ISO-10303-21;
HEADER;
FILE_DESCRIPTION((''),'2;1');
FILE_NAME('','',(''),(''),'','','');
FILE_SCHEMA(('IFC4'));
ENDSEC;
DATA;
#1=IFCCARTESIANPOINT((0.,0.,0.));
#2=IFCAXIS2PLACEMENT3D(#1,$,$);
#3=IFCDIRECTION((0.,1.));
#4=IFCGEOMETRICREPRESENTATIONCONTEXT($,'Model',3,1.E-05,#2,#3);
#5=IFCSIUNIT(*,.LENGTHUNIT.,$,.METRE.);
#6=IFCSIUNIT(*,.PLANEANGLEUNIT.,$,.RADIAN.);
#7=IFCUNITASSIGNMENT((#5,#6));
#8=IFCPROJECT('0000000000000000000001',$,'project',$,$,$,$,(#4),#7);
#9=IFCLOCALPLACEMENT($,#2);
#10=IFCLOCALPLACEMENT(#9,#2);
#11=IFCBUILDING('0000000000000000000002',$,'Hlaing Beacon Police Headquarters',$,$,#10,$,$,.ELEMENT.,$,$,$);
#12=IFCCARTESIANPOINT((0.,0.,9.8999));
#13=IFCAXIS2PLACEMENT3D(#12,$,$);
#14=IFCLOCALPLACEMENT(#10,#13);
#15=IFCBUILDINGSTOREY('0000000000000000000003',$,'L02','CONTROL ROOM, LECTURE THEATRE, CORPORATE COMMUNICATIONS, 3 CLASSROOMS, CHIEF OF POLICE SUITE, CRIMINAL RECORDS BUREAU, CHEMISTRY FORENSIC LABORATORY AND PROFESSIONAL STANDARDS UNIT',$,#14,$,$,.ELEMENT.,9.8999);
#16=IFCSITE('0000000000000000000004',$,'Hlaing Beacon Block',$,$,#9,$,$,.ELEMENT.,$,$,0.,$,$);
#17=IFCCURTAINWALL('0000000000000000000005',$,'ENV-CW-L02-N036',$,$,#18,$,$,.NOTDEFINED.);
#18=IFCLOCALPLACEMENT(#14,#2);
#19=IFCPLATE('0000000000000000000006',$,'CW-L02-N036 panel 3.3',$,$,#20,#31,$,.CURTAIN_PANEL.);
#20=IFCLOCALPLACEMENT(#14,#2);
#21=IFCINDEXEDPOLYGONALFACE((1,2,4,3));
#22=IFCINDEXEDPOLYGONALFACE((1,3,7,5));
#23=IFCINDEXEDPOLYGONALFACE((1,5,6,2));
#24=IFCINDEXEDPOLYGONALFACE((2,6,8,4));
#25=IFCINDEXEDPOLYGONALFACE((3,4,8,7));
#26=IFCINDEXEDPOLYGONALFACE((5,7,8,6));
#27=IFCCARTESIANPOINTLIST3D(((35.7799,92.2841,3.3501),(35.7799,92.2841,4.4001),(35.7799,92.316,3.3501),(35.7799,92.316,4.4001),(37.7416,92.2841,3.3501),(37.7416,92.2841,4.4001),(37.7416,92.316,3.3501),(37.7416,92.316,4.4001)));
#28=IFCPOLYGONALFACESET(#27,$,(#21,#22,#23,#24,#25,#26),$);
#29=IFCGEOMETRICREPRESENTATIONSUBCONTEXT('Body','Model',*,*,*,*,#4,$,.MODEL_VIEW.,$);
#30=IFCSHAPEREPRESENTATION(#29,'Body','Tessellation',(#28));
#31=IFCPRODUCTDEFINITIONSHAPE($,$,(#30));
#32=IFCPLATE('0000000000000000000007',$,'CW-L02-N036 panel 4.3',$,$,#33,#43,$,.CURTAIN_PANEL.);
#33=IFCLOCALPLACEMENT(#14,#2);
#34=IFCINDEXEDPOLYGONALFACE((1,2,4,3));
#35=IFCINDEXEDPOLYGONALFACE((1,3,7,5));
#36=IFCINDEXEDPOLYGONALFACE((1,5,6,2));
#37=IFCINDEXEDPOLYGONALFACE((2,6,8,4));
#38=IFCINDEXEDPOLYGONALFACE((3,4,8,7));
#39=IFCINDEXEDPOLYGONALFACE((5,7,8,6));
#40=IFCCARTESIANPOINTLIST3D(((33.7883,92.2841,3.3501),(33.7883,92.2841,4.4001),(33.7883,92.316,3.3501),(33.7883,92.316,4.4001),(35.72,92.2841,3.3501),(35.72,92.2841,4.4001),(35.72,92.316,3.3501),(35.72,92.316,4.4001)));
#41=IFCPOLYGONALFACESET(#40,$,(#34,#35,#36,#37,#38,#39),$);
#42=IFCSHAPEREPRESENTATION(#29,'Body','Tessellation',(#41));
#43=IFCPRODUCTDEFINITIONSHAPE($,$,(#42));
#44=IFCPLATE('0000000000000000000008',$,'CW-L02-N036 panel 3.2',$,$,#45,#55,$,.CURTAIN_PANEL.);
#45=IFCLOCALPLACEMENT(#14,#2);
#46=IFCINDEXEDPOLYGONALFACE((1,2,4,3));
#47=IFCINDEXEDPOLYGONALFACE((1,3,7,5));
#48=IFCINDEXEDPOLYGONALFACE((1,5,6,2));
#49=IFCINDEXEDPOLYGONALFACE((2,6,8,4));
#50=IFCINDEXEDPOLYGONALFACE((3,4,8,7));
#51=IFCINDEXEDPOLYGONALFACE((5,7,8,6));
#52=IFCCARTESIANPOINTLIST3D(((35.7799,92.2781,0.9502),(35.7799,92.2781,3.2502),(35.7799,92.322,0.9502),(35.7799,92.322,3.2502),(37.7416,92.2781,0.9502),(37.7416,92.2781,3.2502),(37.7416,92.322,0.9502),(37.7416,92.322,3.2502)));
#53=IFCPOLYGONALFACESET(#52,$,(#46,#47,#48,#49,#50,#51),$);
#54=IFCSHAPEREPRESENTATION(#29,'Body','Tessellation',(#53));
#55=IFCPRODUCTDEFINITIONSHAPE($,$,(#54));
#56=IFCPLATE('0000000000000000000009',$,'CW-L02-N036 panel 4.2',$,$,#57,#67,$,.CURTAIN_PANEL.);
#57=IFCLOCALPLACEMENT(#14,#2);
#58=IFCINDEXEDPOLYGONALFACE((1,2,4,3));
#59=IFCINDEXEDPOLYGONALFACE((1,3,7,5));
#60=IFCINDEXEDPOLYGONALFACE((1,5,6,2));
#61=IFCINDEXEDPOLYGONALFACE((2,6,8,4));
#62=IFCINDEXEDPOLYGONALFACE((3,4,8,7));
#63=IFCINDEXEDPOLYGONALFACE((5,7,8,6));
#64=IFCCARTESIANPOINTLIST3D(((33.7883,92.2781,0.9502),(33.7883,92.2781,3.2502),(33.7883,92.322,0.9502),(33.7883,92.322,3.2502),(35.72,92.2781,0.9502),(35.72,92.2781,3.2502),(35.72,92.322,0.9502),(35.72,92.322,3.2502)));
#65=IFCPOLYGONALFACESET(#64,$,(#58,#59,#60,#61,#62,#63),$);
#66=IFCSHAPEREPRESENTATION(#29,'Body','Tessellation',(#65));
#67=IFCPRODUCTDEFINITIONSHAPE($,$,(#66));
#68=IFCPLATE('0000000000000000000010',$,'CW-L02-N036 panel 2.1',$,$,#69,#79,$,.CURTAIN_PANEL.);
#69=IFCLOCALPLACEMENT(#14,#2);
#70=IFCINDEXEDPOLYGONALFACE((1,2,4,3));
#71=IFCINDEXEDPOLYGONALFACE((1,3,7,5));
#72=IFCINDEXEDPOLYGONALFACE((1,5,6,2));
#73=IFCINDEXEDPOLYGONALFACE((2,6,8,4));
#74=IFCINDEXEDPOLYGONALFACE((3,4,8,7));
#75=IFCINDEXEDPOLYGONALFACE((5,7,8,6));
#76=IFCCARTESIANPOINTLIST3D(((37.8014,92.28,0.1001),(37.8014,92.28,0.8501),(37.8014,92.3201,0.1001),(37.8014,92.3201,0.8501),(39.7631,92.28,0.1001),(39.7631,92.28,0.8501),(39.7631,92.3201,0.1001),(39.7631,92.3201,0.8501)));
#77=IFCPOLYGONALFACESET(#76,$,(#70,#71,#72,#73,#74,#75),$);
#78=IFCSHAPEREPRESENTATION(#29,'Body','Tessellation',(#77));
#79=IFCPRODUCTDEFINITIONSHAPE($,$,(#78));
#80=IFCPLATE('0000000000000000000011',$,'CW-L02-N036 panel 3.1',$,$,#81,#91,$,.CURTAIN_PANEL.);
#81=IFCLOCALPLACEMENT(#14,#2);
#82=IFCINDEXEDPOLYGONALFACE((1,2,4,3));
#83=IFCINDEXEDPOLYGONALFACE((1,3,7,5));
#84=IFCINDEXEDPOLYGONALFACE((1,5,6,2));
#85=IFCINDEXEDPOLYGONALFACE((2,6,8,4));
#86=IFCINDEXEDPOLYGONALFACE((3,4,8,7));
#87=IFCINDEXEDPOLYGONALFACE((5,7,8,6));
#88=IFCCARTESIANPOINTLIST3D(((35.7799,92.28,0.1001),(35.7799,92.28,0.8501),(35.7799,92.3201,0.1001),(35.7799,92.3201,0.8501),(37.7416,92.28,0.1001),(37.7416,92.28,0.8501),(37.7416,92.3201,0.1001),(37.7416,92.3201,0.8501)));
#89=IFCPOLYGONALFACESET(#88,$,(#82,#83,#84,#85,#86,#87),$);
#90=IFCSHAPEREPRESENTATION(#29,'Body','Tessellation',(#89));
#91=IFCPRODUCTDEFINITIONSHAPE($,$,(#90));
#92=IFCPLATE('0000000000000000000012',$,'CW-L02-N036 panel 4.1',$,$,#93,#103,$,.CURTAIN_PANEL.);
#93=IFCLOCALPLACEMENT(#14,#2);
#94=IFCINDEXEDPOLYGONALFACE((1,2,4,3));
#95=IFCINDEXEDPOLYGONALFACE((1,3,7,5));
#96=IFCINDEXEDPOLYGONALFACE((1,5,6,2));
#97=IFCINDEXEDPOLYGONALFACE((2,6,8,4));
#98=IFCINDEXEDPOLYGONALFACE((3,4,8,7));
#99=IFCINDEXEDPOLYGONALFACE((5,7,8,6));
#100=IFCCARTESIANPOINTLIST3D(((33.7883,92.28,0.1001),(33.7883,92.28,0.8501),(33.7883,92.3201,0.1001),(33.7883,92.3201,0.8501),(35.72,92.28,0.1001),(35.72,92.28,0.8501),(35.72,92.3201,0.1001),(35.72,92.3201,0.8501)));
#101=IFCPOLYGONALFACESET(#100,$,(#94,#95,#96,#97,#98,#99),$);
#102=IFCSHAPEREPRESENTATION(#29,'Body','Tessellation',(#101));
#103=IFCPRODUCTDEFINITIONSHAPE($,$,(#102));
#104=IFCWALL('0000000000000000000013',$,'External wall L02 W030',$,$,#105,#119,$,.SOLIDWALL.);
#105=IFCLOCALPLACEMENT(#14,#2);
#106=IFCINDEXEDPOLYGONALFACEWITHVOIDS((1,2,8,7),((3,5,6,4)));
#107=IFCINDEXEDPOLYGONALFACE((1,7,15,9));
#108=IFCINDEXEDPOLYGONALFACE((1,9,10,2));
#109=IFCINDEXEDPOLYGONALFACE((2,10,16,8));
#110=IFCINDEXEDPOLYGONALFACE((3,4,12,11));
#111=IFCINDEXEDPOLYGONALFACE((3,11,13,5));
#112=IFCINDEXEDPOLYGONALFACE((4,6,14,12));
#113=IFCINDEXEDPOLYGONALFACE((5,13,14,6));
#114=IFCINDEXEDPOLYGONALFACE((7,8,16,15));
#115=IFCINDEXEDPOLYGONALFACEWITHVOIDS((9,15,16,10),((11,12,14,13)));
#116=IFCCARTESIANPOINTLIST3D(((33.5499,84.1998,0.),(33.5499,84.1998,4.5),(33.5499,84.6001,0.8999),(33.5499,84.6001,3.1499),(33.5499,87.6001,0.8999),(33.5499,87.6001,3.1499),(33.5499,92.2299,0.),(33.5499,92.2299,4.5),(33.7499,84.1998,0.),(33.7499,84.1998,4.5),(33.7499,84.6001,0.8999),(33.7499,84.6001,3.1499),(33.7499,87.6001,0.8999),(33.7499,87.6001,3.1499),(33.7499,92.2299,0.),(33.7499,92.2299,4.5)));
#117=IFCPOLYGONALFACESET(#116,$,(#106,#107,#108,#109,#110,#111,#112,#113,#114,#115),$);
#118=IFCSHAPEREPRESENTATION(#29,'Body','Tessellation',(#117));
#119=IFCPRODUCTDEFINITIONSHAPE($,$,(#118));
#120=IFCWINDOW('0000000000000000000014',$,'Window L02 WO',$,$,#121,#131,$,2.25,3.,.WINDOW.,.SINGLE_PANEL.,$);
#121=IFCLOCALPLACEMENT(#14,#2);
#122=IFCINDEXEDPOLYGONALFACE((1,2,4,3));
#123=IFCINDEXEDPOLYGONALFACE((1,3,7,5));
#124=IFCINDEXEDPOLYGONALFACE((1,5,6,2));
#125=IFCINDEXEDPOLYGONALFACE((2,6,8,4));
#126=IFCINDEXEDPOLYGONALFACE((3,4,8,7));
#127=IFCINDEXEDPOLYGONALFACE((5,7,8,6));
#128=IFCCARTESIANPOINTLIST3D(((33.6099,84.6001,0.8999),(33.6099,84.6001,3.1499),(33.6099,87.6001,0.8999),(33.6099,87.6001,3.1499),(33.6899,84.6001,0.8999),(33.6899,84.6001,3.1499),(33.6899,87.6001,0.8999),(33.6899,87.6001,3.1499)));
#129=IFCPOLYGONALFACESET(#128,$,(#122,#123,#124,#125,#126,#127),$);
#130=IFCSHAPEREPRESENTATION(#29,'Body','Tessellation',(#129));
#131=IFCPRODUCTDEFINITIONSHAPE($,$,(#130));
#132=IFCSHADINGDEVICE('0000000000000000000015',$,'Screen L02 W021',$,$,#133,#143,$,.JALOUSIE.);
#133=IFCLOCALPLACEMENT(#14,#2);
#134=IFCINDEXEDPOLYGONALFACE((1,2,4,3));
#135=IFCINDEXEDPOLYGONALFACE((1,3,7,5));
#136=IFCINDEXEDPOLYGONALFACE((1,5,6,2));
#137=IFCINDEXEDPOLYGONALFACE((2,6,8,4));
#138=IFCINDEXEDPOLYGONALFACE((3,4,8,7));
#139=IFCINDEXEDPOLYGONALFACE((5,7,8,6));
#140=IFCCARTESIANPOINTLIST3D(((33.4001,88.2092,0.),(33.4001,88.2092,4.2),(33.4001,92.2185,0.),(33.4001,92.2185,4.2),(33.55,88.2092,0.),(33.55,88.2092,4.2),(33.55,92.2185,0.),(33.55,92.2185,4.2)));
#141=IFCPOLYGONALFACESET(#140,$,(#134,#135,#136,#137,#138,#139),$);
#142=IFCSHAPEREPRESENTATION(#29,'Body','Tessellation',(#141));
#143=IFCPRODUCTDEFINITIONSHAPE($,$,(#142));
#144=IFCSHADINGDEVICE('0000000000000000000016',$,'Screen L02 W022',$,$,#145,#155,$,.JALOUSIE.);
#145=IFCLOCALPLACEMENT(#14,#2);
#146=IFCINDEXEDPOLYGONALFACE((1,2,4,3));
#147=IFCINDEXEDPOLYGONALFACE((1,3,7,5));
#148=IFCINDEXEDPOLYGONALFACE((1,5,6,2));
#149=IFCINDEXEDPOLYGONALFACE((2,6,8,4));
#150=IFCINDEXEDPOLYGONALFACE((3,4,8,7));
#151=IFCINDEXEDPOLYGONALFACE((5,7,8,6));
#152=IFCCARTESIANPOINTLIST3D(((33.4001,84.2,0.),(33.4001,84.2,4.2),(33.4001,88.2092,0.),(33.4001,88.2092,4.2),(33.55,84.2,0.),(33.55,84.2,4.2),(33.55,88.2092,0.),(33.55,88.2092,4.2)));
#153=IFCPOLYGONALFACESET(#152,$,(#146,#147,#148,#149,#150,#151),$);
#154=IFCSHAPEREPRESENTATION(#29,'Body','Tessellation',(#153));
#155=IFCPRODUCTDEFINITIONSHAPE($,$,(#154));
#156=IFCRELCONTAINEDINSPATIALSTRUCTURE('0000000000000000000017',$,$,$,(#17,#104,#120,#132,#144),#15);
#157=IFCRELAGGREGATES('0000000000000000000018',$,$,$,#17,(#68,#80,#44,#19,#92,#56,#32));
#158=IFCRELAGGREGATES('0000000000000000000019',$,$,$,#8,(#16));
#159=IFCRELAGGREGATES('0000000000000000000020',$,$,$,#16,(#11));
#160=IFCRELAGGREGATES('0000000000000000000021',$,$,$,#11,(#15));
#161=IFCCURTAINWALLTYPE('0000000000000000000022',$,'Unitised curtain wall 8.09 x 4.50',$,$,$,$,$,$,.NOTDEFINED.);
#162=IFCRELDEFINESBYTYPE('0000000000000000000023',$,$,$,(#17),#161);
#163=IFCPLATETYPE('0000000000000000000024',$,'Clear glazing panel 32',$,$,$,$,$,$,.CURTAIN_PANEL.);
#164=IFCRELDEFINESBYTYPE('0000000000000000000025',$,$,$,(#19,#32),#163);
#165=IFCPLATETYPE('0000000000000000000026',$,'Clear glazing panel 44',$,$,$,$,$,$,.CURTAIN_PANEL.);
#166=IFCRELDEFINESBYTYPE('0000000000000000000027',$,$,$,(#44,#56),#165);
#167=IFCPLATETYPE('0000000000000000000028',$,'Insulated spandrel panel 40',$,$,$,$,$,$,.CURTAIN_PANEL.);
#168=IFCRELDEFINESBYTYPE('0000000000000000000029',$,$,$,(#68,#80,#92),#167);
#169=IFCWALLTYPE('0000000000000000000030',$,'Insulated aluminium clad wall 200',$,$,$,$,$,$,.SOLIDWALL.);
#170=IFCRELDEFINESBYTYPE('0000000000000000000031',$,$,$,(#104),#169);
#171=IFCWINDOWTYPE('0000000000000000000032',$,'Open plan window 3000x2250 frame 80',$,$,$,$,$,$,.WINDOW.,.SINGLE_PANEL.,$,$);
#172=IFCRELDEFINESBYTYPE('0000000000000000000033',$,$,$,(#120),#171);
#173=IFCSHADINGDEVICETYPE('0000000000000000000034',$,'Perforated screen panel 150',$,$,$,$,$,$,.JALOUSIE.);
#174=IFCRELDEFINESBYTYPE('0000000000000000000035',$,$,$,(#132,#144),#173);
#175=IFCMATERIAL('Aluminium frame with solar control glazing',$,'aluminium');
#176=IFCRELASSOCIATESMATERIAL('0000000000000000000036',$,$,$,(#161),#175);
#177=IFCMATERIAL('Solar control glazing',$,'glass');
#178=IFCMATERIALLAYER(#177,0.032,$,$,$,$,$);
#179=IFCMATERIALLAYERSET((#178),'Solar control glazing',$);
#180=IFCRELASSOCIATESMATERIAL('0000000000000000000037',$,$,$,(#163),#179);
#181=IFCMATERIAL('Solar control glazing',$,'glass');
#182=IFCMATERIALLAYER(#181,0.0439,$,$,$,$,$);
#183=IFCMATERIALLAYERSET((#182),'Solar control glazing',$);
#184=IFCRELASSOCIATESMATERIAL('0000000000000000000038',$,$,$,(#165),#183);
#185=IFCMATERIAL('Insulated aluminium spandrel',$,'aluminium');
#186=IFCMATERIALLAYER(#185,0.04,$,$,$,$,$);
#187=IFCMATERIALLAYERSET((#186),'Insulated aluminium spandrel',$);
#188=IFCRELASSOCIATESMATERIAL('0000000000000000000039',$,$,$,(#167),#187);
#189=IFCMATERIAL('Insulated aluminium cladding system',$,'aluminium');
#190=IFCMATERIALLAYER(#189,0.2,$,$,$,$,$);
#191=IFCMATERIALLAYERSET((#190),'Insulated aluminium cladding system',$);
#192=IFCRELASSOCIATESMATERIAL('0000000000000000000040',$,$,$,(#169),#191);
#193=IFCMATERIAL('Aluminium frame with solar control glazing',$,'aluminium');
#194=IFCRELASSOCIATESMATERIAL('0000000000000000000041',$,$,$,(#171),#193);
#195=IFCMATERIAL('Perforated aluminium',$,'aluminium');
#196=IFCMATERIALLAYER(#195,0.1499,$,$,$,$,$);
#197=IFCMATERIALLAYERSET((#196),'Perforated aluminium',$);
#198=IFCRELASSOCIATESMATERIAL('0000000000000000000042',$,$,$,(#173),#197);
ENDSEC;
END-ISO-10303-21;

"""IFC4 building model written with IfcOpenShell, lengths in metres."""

from ifc_helpers import new_model, si_unit, direction, frame, frame_2d, origin, origin_2d, place, context, subcontext, project, spatial, rectangle, extrude, material, layer, layer_set, type_object, element, fill, aggregate, save


model = new_model("IFC4")

# Units and contexts
model_context = context("Model", 3, precision=1e-05, world=origin(), true_north=direction((0.0, 1.0)))
body_context = subcontext(model_context, "Body", "Model", "MODEL_VIEW")
ifc_project = project(units=[si_unit("LENGTHUNIT", "METRE"), si_unit("PLANEANGLEUNIT", "RADIAN")], contexts=[model_context])

# Site, building, storey
site_placement = place(None, origin())
site = spatial("IfcSite", under=ifc_project, at=site_placement, Name="Hlaing Beacon Block", CompositionType="ELEMENT", RefElevation=0.0)
building_placement = place(site_placement, origin())
building = spatial("IfcBuilding", under=site, at=building_placement, Name="Hlaing Beacon Police Headquarters", CompositionType="ELEMENT")
storey_placement = place(building_placement, frame((0.0, 0.0, 9.8999)))
storey = spatial("IfcBuildingStorey", under=building, at=storey_placement, Name="L02", Description="CONTROL ROOM, LECTURE THEATRE, CORPORATE COMMUNICATIONS, 3 CLASSROOMS, CHIEF OF POLICE SUITE, CRIMINAL RECORDS BUREAU, CHEMISTRY FORENSIC LABORATORY AND PROFESSIONAL STANDARDS UNIT", CompositionType="ELEMENT", Elevation=9.8999)

# Curtain wall, plates
ifc_material_1 = material(Name="Aluminium frame with solar control glazing", Category="aluminium")
curtain_wall_type = type_object("IfcCurtainWallType", Name="Unitised curtain wall 8.09 x 4.50", PredefinedType="NOTDEFINED", material=ifc_material_1)
curtain_wall_placement = place(storey_placement, origin())
curtain_wall = element("IfcCurtainWall", 1, at=curtain_wall_placement, inside=storey, type_object=curtain_wall_type, Name="ENV-CW-L02-N036", PredefinedType="NOTDEFINED")
ifc_material_2 = material(Name="Solar control glazing", Category="glass")
ifc_layer_1 = layer(ifc_material_2, 0.032)
ifc_layer_set_1 = layer_set([ifc_layer_1], Name="Solar control glazing")
plate_type_1 = type_object("IfcPlateType", Name="Clear glazing panel 32", PredefinedType="CURTAIN_PANEL", material=ifc_layer_set_1)
plate_1_placement = place(storey_placement, frame((36.7607, 92.3, 3.3501), z_axis=(0.0, 0.0, 1.0), x_axis=(-1.0, 0.0, 0.0)))
plate_1 = element("IfcPlate", 2, at=plate_1_placement, type_object=plate_type_1, Name="CW-L02-N036 panel 3.3", PredefinedType="CURTAIN_PANEL", context=body_context, shape_type="SweptSolid", body=[
    extrude(rectangle(XDim=1.9617, YDim=0.032, at=origin_2d()), origin(), (0.0, 0.0, 1.0), 1.05),
])
plate_2_placement = place(storey_placement, frame((34.7542, 92.3, 3.3501), z_axis=(0.0, 0.0, 1.0), x_axis=(-1.0, 0.0, 0.0)))
plate_2 = element("IfcPlate", 3, at=plate_2_placement, type_object=plate_type_1, Name="CW-L02-N036 panel 4.3", PredefinedType="CURTAIN_PANEL", context=body_context, shape_type="SweptSolid", body=[
    extrude(rectangle(XDim=1.9316, YDim=0.032, at=origin_2d()), origin(), (0.0, 0.0, 1.0), 1.05),
])
ifc_material_3 = material(Name="Solar control glazing", Category="glass")
ifc_layer_2 = layer(ifc_material_3, 0.0439)
ifc_layer_set_2 = layer_set([ifc_layer_2], Name="Solar control glazing")
plate_type_2 = type_object("IfcPlateType", Name="Clear glazing panel 44", PredefinedType="CURTAIN_PANEL", material=ifc_layer_set_2)
plate_3_placement = place(storey_placement, frame((36.7607, 92.3, 0.9502), z_axis=(0.0, 0.0, 1.0), x_axis=(-1.0, 0.0, 0.0)))
plate_3 = element("IfcPlate", 4, at=plate_3_placement, type_object=plate_type_2, Name="CW-L02-N036 panel 3.2", PredefinedType="CURTAIN_PANEL", context=body_context, shape_type="SweptSolid", body=[
    extrude(rectangle(XDim=1.9617, YDim=0.0439, at=origin_2d()), origin(), (0.0, 0.0, 1.0), 2.3),
])
plate_4_placement = place(storey_placement, frame((34.7542, 92.3, 0.9502), z_axis=(0.0, 0.0, 1.0), x_axis=(-1.0, 0.0, 0.0)))
plate_4 = element("IfcPlate", 5, at=plate_4_placement, type_object=plate_type_2, Name="CW-L02-N036 panel 4.2", PredefinedType="CURTAIN_PANEL", context=body_context, shape_type="SweptSolid", body=[
    extrude(rectangle(XDim=1.9316, YDim=0.0439, at=origin_2d()), origin(), (0.0, 0.0, 1.0), 2.3),
])
ifc_material_4 = material(Name="Insulated aluminium spandrel", Category="aluminium")
ifc_layer_3 = layer(ifc_material_4, 0.04)
ifc_layer_set_3 = layer_set([ifc_layer_3], Name="Insulated aluminium spandrel")
plate_type_3 = type_object("IfcPlateType", Name="Insulated spandrel panel 40", PredefinedType="CURTAIN_PANEL", material=ifc_layer_set_3)
plate_5_placement = place(storey_placement, frame((38.7822, 92.3, 0.1001), z_axis=(0.0, 0.0, 1.0), x_axis=(-1.0, 0.0, 0.0)))
plate_5 = element("IfcPlate", 6, at=plate_5_placement, type_object=plate_type_3, Name="CW-L02-N036 panel 2.1", PredefinedType="CURTAIN_PANEL", context=body_context, shape_type="SweptSolid", body=[
    extrude(rectangle(XDim=1.9617, YDim=0.04, at=origin_2d()), origin(), (0.0, 0.0, 1.0), 0.75),
])
plate_6_placement = place(storey_placement, frame((36.7607, 92.3, 0.1001), z_axis=(0.0, 0.0, 1.0), x_axis=(-1.0, 0.0, 0.0)))
plate_6 = element("IfcPlate", 7, at=plate_6_placement, type_object=plate_type_3, Name="CW-L02-N036 panel 3.1", PredefinedType="CURTAIN_PANEL", context=body_context, shape_type="SweptSolid", body=[
    extrude(rectangle(XDim=1.9617, YDim=0.04, at=origin_2d()), origin(), (0.0, 0.0, 1.0), 0.75),
])
plate_7_placement = place(storey_placement, frame((34.7542, 92.3, 0.1001), z_axis=(0.0, 0.0, 1.0), x_axis=(-1.0, 0.0, 0.0)))
plate_7 = element("IfcPlate", 8, at=plate_7_placement, type_object=plate_type_3, Name="CW-L02-N036 panel 4.1", PredefinedType="CURTAIN_PANEL", context=body_context, shape_type="SweptSolid", body=[
    extrude(rectangle(XDim=1.9316, YDim=0.04, at=origin_2d()), origin(), (0.0, 0.0, 1.0), 0.75),
])
aggregate(curtain_wall, [plate_5, plate_6, plate_3, plate_1, plate_7, plate_4, plate_2])

# Wall, opening, window
ifc_material_5 = material(Name="Insulated aluminium cladding system", Category="aluminium")
ifc_layer_4 = layer(ifc_material_5, 0.2)
ifc_layer_set_4 = layer_set([ifc_layer_4], Name="Insulated aluminium cladding system")
wall_type = type_object("IfcWallType", Name="Insulated aluminium clad wall 200", PredefinedType="SOLIDWALL", material=ifc_layer_set_4)
wall_placement = place(storey_placement, frame((33.6499, 92.23, 0.0), z_axis=(0.0, 0.0, 1.0), x_axis=(0.0, -1.0, 0.0)))
wall = element("IfcWall", 9, at=wall_placement, inside=storey, type_object=wall_type, Name="External wall L02 W030", PredefinedType="SOLIDWALL", context=body_context, shape_type="SweptSolid", body=[
    extrude(rectangle(XDim=8.03, YDim=0.2, at=frame_2d((4.0151, 0.0))), origin(), (0.0, 0.0, 1.0), 4.5),
])
opening_placement = place(wall_placement, frame((4.6299, 0.0, 0.8999)))
opening = element("IfcOpeningElement", 10, at=opening_placement, cuts=wall, PredefinedType="OPENING", context=body_context, shape_type="SweptSolid", body=[
    extrude(rectangle(XDim=3.0, YDim=2.25, at=frame_2d((1.5, 1.125))), frame((0.0, 0.1099, 0.0), z_axis=(0.0, -1.0, 0.0), x_axis=(1.0, 0.0, 0.0)), (0.0, 0.0, 1.0), 0.22),
])
ifc_material_6 = material(Name="Aluminium frame with solar control glazing", Category="aluminium")
window_type = type_object("IfcWindowType", Name="Open plan window 3000x2250 frame 80", PartitioningType="SINGLE_PANEL", PredefinedType="WINDOW", material=ifc_material_6)
window_placement = place(opening_placement, origin())
window = element("IfcWindow", 11, at=window_placement, inside=storey, type_object=window_type, Name="Window L02 WO", OverallHeight=2.25, OverallWidth=3.0, PartitioningType="SINGLE_PANEL", PredefinedType="WINDOW", context=body_context, shape_type="SweptSolid", body=[
    extrude(rectangle(XDim=3.0, YDim=2.25, at=frame_2d((1.5, 1.125))), frame((0.0, 0.04, 0.0), z_axis=(0.0, -1.0, 0.0), x_axis=(1.0, 0.0, 0.0)), (0.0, 0.0, 1.0), 0.0801),
])
fill(opening, window)

# Shading devices
ifc_material_7 = material(Name="Perforated aluminium", Category="aluminium")
ifc_layer_5 = layer(ifc_material_7, 0.1499)
ifc_layer_set_5 = layer_set([ifc_layer_5], Name="Perforated aluminium")
shading_device_type = type_object("IfcShadingDeviceType", Name="Perforated screen panel 150", PredefinedType="JALOUSIE", material=ifc_layer_set_5)
for number, where, z_axis, x_axis, name in (
    (12, (33.4751, 90.2139, 0.0), (0.0, 0.0, 1.0), (0.0, -1.0, 0.0), "Screen L02 W021"),
    (13, (33.4751, 86.2046, 0.0), (0.0, 0.0, 1.0), (0.0, -1.0, 0.0), "Screen L02 W022"),
):
    element("IfcShadingDevice", number, at=place(storey_placement, frame(where, z_axis=z_axis, x_axis=x_axis)), inside=storey, type_object=shading_device_type, Name=name, PredefinedType="JALOUSIE", context=body_context, shape_type="SweptSolid", body=[
        extrude(rectangle(XDim=4.0093, YDim=0.1499, at=origin_2d()), origin(), (0.0, 0.0, 1.0), 4.2),
    ])

save(model, "model.ifc")
